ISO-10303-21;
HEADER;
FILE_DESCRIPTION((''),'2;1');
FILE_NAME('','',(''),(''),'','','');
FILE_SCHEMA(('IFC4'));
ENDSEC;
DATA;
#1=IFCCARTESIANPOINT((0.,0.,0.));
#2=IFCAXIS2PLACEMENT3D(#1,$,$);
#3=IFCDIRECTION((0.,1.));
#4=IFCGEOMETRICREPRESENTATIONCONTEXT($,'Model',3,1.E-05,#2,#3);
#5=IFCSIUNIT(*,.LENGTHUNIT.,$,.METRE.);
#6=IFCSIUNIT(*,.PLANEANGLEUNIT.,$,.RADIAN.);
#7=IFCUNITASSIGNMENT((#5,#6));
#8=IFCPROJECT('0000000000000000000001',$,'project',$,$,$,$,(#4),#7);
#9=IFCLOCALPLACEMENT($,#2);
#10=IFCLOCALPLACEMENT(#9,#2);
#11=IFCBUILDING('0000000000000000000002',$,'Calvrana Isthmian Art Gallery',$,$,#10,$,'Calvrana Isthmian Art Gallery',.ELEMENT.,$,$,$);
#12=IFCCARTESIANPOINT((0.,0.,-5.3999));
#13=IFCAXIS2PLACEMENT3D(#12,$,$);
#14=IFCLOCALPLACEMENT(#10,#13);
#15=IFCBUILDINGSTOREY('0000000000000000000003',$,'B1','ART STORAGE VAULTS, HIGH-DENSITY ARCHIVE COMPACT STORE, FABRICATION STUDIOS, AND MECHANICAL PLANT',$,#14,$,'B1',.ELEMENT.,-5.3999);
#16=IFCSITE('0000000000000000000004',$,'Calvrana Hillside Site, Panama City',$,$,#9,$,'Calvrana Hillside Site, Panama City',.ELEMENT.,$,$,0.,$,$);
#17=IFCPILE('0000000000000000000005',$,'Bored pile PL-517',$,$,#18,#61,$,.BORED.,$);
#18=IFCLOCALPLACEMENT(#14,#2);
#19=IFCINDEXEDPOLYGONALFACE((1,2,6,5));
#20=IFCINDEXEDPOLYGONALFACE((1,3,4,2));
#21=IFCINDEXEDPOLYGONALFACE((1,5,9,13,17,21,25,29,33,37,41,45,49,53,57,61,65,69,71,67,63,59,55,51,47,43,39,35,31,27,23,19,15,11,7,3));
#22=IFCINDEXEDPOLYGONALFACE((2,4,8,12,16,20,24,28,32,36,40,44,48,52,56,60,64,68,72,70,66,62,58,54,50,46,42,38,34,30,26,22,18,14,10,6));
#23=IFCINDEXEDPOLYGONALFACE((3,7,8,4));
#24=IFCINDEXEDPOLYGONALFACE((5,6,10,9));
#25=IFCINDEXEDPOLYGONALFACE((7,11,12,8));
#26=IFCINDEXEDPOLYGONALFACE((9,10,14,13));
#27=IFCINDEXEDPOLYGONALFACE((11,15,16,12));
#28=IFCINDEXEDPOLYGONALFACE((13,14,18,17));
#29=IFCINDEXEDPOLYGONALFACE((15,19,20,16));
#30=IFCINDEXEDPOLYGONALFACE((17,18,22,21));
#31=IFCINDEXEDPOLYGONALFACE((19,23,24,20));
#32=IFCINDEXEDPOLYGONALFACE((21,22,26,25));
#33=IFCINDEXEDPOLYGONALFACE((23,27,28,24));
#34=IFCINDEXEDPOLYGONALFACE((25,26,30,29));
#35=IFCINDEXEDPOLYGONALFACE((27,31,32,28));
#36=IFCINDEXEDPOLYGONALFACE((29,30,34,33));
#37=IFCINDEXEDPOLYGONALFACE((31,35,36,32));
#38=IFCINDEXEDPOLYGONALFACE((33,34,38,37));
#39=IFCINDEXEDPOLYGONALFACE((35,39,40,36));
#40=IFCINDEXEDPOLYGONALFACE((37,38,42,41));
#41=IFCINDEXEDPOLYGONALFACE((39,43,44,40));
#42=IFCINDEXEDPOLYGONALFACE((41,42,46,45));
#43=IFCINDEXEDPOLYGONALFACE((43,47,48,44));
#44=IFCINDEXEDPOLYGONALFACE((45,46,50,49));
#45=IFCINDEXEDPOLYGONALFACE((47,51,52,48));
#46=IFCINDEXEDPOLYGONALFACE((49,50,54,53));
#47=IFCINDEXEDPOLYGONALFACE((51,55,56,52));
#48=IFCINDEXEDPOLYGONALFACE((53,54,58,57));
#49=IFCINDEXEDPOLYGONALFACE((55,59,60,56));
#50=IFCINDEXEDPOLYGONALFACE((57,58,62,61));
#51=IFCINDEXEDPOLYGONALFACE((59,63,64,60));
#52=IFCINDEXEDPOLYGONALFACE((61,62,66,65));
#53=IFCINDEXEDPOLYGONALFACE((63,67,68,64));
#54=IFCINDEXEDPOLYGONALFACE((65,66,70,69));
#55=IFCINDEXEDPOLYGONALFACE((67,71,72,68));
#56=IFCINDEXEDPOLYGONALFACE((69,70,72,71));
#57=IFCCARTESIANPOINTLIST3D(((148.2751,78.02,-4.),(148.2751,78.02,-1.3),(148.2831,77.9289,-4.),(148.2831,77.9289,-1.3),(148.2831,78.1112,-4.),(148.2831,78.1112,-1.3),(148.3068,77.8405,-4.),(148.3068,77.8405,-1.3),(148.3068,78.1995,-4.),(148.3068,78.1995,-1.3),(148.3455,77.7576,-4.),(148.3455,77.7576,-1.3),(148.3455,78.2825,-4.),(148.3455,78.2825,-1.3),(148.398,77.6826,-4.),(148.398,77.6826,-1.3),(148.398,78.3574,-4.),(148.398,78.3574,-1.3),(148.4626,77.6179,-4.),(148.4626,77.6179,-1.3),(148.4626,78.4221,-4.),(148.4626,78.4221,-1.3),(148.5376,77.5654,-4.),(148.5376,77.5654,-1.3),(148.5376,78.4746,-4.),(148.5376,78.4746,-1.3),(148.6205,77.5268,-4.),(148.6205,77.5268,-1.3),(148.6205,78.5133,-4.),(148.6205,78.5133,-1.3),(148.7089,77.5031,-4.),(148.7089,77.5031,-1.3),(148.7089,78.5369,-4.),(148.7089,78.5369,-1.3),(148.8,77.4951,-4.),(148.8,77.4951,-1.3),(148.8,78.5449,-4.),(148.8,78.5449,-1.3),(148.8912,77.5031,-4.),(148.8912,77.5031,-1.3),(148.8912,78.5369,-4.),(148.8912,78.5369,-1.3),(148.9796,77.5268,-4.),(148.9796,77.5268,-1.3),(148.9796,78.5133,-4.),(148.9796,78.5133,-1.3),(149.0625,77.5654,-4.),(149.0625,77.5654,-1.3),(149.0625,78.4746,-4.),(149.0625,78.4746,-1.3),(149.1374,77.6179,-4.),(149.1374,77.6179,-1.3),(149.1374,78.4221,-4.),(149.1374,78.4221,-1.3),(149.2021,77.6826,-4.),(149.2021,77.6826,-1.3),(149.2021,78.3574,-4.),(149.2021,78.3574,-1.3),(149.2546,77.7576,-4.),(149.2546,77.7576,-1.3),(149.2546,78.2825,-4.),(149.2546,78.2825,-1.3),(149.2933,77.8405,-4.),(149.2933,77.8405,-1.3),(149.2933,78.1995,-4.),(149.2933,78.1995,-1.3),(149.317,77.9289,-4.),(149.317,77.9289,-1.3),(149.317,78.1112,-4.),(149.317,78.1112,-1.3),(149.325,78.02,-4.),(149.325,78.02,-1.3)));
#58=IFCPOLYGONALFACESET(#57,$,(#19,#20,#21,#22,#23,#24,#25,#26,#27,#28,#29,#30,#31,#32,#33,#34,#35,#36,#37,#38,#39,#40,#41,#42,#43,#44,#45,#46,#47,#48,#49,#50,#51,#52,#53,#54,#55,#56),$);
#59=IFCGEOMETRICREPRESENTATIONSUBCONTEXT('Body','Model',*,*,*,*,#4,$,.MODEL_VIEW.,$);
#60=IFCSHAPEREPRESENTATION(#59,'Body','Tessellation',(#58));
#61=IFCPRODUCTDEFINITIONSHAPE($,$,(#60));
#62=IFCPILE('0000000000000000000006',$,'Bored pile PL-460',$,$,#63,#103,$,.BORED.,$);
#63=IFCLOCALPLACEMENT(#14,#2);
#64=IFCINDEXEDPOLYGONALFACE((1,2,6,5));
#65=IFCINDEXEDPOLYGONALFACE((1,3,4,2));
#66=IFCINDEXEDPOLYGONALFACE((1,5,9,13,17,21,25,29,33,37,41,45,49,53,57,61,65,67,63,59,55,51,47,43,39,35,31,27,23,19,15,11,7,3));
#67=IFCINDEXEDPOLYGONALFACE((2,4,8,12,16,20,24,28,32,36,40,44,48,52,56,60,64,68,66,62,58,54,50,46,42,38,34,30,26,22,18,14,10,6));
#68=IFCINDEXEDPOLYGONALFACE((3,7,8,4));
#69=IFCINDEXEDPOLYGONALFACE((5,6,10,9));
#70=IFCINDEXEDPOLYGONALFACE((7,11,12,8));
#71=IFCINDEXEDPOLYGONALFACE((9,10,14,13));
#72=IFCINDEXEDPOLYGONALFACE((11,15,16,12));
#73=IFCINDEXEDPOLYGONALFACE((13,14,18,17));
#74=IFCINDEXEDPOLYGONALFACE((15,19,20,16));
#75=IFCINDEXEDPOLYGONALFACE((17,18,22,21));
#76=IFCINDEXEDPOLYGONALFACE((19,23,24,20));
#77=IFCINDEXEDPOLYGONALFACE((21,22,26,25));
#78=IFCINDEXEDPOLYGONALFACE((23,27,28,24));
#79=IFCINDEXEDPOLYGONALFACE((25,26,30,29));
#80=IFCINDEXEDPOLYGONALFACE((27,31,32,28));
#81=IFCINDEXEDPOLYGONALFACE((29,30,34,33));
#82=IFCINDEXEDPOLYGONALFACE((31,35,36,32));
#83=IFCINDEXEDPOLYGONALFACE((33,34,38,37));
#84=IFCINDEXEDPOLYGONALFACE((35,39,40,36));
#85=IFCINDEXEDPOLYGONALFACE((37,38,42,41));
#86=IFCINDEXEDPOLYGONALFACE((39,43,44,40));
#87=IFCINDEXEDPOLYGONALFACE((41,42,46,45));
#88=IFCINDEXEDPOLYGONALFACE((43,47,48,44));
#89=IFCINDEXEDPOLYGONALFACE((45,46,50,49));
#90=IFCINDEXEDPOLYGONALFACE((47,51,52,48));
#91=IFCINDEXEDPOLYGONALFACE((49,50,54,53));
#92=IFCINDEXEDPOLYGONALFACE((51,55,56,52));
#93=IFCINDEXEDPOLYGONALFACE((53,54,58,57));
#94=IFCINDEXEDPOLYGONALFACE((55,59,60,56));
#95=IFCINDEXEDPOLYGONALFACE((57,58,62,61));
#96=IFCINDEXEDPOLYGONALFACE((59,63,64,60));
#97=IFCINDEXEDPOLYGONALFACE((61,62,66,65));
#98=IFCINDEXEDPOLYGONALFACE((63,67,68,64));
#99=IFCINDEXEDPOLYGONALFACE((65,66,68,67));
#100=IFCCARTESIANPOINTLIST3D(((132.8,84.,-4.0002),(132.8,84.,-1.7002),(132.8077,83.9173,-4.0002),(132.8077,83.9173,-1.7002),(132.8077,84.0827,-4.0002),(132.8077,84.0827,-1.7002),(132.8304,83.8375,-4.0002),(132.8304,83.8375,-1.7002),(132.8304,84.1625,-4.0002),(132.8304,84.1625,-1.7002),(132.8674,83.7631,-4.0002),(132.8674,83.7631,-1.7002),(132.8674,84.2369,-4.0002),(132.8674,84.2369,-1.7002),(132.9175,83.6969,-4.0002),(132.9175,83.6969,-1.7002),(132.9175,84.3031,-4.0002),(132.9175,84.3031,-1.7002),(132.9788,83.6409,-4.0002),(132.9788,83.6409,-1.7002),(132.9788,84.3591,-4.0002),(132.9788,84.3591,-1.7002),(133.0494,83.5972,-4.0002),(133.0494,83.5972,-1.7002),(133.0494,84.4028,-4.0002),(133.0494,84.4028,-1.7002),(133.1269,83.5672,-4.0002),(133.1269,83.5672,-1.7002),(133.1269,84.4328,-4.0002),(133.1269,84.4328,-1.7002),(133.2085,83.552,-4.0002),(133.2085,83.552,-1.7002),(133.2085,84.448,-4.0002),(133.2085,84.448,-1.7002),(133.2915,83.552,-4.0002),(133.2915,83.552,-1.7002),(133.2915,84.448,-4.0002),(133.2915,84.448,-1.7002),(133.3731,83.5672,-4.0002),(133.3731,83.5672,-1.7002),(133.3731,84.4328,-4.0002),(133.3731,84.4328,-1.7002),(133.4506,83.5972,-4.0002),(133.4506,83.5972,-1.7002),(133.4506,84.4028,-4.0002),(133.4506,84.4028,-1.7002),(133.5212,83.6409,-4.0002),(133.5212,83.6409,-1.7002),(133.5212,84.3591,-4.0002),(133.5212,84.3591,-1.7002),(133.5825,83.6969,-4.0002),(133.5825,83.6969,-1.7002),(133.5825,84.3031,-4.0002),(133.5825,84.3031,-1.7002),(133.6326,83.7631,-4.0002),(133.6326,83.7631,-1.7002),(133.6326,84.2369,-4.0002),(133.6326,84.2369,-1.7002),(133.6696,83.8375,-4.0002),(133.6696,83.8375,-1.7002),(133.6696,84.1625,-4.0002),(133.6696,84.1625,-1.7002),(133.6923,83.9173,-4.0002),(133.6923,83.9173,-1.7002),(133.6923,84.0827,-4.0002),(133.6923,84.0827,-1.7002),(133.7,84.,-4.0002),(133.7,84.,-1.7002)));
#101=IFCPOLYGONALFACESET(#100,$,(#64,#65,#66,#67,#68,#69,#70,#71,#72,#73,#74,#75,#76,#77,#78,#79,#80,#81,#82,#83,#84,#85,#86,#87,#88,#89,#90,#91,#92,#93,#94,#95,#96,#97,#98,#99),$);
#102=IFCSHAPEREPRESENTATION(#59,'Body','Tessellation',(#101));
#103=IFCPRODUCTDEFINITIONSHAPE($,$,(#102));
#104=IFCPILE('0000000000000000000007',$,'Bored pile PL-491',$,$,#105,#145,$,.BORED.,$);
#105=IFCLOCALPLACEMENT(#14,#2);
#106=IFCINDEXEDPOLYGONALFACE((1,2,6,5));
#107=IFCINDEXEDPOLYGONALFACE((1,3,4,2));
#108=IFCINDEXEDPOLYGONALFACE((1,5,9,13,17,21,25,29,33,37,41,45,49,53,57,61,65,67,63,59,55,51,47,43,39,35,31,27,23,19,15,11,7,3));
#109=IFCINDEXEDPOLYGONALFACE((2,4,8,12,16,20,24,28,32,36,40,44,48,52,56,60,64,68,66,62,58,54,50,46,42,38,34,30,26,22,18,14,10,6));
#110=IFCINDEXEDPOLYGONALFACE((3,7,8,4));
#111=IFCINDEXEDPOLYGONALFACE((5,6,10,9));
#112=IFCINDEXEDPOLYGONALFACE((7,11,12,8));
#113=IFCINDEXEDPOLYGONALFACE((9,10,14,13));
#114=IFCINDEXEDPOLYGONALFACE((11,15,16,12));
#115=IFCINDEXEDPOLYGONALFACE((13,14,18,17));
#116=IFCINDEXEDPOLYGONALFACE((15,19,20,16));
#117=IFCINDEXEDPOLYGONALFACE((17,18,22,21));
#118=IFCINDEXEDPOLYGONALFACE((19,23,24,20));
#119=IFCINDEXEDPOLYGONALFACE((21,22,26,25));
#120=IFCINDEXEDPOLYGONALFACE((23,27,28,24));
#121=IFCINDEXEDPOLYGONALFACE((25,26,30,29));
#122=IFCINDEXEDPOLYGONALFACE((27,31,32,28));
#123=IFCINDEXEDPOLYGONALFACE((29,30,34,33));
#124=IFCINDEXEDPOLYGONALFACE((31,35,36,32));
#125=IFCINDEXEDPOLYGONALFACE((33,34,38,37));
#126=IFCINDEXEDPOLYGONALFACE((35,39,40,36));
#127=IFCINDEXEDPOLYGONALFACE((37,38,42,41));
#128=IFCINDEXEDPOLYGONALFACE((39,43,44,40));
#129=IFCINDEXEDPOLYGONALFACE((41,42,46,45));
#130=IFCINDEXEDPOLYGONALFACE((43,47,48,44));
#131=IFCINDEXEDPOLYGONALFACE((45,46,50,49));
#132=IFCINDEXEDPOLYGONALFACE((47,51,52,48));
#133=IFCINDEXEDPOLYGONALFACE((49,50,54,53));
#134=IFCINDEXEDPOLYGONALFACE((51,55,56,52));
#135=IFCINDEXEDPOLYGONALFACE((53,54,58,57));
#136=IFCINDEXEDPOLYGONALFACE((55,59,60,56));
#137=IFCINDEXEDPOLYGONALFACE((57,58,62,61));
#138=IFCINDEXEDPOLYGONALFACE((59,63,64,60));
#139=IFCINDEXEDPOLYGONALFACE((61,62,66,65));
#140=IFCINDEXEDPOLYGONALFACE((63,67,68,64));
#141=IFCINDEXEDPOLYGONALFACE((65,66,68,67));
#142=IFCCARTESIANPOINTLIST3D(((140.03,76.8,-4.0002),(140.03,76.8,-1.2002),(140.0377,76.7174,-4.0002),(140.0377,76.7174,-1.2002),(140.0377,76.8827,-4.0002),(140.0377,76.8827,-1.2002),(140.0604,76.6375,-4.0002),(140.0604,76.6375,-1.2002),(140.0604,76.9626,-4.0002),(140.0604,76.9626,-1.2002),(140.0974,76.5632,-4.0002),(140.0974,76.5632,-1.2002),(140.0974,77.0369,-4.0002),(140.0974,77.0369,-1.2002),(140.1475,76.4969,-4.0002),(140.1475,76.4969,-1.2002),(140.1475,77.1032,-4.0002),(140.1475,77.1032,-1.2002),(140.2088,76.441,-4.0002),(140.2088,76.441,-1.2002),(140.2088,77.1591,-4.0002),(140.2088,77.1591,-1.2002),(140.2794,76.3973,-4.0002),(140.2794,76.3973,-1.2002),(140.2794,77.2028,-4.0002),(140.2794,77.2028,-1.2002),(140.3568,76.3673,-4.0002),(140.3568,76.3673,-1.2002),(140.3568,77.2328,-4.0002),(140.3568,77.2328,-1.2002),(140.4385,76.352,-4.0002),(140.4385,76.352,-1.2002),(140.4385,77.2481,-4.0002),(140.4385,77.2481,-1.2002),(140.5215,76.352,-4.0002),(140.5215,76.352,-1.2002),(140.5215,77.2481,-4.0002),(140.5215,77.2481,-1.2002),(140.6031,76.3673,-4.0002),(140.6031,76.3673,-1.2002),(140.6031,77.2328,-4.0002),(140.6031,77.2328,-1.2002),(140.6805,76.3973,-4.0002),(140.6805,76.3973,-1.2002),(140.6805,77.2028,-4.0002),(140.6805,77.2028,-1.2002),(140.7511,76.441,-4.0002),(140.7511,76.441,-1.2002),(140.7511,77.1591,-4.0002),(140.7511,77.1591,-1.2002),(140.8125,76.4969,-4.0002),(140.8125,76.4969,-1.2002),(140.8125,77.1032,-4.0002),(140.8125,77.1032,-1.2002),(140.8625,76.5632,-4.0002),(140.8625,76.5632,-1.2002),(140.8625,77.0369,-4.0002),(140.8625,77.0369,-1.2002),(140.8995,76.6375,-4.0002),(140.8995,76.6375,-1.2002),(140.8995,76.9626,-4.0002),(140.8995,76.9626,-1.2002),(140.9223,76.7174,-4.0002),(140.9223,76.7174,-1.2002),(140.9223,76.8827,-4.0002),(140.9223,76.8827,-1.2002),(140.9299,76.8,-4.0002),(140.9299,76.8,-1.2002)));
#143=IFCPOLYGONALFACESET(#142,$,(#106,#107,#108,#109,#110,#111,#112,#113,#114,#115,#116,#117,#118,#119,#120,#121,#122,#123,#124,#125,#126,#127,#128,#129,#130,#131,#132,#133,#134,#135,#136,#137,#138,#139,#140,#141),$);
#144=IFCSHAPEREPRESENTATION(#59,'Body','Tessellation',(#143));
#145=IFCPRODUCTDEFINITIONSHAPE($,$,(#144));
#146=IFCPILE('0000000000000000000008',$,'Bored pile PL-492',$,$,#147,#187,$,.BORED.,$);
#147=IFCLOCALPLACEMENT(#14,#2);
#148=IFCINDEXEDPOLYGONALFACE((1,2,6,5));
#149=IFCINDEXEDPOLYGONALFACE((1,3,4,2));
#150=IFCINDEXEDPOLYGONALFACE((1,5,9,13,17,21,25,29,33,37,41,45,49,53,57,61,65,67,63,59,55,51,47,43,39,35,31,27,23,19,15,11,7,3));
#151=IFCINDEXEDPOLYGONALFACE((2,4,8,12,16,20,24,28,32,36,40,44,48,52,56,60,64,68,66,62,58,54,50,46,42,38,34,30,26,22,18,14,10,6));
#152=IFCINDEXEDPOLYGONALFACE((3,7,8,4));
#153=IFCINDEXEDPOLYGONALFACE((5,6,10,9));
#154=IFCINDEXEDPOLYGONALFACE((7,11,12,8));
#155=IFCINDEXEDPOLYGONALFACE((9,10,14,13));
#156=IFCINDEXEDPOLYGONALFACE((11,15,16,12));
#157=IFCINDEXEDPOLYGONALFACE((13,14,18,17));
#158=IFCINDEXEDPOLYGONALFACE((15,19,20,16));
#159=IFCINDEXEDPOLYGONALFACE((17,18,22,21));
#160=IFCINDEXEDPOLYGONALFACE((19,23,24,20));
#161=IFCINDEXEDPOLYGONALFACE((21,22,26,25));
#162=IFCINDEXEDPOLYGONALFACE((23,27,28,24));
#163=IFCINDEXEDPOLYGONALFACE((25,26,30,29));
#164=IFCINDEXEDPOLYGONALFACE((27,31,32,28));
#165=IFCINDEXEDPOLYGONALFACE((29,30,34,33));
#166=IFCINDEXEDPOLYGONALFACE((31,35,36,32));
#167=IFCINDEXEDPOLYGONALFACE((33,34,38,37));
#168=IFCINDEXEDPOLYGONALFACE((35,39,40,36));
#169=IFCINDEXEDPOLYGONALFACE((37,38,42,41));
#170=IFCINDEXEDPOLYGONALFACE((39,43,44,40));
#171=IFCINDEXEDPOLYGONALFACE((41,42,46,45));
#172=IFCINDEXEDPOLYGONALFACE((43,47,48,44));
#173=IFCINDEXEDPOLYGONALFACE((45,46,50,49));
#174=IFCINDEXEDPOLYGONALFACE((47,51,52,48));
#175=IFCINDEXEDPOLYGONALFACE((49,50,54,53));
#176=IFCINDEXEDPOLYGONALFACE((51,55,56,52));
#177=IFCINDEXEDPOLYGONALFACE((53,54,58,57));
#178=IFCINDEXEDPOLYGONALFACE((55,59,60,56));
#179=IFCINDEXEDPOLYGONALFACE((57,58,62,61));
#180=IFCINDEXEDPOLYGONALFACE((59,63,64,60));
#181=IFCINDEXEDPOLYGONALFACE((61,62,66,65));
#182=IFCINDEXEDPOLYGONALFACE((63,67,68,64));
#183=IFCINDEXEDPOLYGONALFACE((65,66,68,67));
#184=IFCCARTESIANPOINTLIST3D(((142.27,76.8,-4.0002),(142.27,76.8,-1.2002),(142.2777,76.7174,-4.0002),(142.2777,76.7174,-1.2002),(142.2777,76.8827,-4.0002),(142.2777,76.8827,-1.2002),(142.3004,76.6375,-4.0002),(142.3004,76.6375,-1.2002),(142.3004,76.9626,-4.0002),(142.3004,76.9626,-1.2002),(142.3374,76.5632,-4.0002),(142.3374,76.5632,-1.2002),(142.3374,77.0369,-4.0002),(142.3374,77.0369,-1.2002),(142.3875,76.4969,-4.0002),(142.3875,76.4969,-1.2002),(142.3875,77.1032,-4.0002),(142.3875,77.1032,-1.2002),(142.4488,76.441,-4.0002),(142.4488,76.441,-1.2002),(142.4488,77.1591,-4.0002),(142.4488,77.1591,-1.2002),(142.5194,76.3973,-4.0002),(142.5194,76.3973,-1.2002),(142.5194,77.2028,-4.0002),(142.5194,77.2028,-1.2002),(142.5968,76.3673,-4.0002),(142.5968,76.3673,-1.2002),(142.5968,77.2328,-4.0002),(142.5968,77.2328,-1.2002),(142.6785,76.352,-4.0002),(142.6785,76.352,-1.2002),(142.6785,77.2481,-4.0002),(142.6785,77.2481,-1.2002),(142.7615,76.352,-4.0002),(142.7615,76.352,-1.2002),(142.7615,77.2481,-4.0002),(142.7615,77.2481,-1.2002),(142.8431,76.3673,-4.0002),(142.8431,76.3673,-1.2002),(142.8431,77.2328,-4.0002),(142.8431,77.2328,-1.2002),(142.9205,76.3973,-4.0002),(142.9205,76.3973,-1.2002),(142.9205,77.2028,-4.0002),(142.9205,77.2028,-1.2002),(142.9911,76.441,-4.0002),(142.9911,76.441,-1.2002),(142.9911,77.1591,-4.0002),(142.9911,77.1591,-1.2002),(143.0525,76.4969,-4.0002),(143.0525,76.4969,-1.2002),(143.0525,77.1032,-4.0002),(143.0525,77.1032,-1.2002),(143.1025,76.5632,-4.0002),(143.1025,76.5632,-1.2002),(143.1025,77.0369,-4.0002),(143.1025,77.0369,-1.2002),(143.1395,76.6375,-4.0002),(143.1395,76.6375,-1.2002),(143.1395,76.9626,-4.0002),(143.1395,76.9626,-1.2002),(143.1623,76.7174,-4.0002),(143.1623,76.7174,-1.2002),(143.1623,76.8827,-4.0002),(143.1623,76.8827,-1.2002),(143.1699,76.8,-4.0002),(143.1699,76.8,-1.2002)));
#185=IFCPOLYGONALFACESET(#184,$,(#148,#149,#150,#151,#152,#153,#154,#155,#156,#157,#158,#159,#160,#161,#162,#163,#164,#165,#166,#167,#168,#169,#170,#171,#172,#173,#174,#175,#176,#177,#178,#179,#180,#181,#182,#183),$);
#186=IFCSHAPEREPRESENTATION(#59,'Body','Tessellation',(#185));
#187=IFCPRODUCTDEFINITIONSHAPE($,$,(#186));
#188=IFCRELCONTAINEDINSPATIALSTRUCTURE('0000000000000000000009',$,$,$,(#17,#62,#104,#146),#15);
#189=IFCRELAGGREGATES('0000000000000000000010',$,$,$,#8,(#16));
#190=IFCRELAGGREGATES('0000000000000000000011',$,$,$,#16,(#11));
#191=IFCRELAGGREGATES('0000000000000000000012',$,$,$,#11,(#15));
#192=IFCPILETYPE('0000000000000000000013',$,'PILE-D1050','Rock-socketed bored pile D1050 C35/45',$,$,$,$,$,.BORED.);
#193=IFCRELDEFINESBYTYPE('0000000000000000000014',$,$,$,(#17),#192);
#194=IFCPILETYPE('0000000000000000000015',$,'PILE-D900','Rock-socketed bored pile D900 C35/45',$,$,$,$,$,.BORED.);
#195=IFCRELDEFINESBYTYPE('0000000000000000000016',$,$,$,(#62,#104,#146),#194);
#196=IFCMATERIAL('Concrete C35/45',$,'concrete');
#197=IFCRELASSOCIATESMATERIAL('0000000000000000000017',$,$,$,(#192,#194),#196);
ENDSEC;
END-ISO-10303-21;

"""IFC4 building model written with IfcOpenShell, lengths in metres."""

from ifc_helpers import new_model, si_unit, direction, frame, origin, origin_2d, place, context, subcontext, project, spatial, circle, extrude, material, material_profile, profile_set, type_object, element, save


model = new_model("IFC4")

# Units and contexts
model_context = context("Model", 3, precision=1e-05, world=origin(), true_north=direction((0.0, 1.0)))
body_context = subcontext(model_context, "Body", "Model", "MODEL_VIEW")
ifc_project = project(units=[si_unit("LENGTHUNIT", "METRE"), si_unit("PLANEANGLEUNIT", "RADIAN")], contexts=[model_context])

# Site, building, storey
site_placement = place(None, origin())
site = spatial("IfcSite", under=ifc_project, at=site_placement, Name="Calvrana Hillside Site, Panama City", LongName="Calvrana Hillside Site, Panama City", CompositionType="ELEMENT", RefElevation=0.0)
building_placement = place(site_placement, origin())
building = spatial("IfcBuilding", under=site, at=building_placement, Name="Calvrana Isthmian Art Gallery", LongName="Calvrana Isthmian Art Gallery", CompositionType="ELEMENT")
storey_placement = place(building_placement, frame((0.0, 0.0, -5.3999)))
storey = spatial("IfcBuildingStorey", under=building, at=storey_placement, Name="B1", Description="ART STORAGE VAULTS, HIGH-DENSITY ARCHIVE COMPACT STORE, FABRICATION STUDIOS, AND MECHANICAL PLANT", LongName="B1", CompositionType="ELEMENT", Elevation=-5.3999)

# Shared definitions
ifc_material_1 = material(Name="Concrete C35/45", Category="concrete")

# Piles
ifc_material_profile_1 = material_profile(ifc_material_1, circle(Radius=0.5249, at=origin_2d()), Name="PILE1050D")
ifc_profile_set_1 = profile_set([ifc_material_profile_1], Name="Concrete C35/45")
pile_type_1 = type_object("IfcPileType", Name="PILE-D1050", Description="Rock-socketed bored pile D1050 C35/45", PredefinedType="BORED", material=ifc_profile_set_1)
for number, where, z_axis, x_axis, name in (
    (1, (148.8, 78.02, -1.3), (0.0, 0.0, -1.0), (1.0, 0.0, 0.0), "Bored pile PL-517"),
):
    element("IfcPile", number, at=place(storey_placement, frame(where, z_axis=z_axis, x_axis=x_axis)), inside=storey, type_object=pile_type_1, Name=name, PredefinedType="BORED", context=body_context, shape_type="SweptSolid", body=[
        extrude(circle(Radius=0.5249, at=origin_2d()), origin(), (0.0, 0.0, 1.0), 2.7),
    ])
ifc_material_profile_2 = material_profile(ifc_material_1, circle(Radius=0.45, at=origin_2d()), Name="PILE900D")
ifc_profile_set_2 = profile_set([ifc_material_profile_2], Name="Concrete C35/45")
pile_type_2 = type_object("IfcPileType", Name="PILE-D900", Description="Rock-socketed bored pile D900 C35/45", PredefinedType="BORED", material=ifc_profile_set_2)
pile_1_placement = place(storey_placement, frame((133.25, 84.0, -1.7002), z_axis=(0.0, 0.0, -1.0), x_axis=(1.0, 0.0, 0.0)))
element("IfcPile", 2, at=pile_1_placement, inside=storey, type_object=pile_type_2, Name="Bored pile PL-460", PredefinedType="BORED", context=body_context, shape_type="SweptSolid", body=[
    extrude(circle(Radius=0.45, at=origin_2d()), origin(), (0.0, 0.0, 1.0), 2.3),
])
for number, where, z_axis, x_axis, name in (
    (3, (140.48, 76.8, -1.2002), (0.0, 0.0, -1.0), (1.0, 0.0, 0.0), "Bored pile PL-491"),
    (4, (142.72, 76.8, -1.2002), (0.0, 0.0, -1.0), (1.0, 0.0, 0.0), "Bored pile PL-492"),
):
    element("IfcPile", number, at=place(storey_placement, frame(where, z_axis=z_axis, x_axis=x_axis)), inside=storey, type_object=pile_type_2, Name=name, PredefinedType="BORED", context=body_context, shape_type="SweptSolid", body=[
        extrude(circle(Radius=0.45, at=origin_2d()), origin(), (0.0, 0.0, 1.0), 2.8),
    ])

save(model, "model.ifc")
